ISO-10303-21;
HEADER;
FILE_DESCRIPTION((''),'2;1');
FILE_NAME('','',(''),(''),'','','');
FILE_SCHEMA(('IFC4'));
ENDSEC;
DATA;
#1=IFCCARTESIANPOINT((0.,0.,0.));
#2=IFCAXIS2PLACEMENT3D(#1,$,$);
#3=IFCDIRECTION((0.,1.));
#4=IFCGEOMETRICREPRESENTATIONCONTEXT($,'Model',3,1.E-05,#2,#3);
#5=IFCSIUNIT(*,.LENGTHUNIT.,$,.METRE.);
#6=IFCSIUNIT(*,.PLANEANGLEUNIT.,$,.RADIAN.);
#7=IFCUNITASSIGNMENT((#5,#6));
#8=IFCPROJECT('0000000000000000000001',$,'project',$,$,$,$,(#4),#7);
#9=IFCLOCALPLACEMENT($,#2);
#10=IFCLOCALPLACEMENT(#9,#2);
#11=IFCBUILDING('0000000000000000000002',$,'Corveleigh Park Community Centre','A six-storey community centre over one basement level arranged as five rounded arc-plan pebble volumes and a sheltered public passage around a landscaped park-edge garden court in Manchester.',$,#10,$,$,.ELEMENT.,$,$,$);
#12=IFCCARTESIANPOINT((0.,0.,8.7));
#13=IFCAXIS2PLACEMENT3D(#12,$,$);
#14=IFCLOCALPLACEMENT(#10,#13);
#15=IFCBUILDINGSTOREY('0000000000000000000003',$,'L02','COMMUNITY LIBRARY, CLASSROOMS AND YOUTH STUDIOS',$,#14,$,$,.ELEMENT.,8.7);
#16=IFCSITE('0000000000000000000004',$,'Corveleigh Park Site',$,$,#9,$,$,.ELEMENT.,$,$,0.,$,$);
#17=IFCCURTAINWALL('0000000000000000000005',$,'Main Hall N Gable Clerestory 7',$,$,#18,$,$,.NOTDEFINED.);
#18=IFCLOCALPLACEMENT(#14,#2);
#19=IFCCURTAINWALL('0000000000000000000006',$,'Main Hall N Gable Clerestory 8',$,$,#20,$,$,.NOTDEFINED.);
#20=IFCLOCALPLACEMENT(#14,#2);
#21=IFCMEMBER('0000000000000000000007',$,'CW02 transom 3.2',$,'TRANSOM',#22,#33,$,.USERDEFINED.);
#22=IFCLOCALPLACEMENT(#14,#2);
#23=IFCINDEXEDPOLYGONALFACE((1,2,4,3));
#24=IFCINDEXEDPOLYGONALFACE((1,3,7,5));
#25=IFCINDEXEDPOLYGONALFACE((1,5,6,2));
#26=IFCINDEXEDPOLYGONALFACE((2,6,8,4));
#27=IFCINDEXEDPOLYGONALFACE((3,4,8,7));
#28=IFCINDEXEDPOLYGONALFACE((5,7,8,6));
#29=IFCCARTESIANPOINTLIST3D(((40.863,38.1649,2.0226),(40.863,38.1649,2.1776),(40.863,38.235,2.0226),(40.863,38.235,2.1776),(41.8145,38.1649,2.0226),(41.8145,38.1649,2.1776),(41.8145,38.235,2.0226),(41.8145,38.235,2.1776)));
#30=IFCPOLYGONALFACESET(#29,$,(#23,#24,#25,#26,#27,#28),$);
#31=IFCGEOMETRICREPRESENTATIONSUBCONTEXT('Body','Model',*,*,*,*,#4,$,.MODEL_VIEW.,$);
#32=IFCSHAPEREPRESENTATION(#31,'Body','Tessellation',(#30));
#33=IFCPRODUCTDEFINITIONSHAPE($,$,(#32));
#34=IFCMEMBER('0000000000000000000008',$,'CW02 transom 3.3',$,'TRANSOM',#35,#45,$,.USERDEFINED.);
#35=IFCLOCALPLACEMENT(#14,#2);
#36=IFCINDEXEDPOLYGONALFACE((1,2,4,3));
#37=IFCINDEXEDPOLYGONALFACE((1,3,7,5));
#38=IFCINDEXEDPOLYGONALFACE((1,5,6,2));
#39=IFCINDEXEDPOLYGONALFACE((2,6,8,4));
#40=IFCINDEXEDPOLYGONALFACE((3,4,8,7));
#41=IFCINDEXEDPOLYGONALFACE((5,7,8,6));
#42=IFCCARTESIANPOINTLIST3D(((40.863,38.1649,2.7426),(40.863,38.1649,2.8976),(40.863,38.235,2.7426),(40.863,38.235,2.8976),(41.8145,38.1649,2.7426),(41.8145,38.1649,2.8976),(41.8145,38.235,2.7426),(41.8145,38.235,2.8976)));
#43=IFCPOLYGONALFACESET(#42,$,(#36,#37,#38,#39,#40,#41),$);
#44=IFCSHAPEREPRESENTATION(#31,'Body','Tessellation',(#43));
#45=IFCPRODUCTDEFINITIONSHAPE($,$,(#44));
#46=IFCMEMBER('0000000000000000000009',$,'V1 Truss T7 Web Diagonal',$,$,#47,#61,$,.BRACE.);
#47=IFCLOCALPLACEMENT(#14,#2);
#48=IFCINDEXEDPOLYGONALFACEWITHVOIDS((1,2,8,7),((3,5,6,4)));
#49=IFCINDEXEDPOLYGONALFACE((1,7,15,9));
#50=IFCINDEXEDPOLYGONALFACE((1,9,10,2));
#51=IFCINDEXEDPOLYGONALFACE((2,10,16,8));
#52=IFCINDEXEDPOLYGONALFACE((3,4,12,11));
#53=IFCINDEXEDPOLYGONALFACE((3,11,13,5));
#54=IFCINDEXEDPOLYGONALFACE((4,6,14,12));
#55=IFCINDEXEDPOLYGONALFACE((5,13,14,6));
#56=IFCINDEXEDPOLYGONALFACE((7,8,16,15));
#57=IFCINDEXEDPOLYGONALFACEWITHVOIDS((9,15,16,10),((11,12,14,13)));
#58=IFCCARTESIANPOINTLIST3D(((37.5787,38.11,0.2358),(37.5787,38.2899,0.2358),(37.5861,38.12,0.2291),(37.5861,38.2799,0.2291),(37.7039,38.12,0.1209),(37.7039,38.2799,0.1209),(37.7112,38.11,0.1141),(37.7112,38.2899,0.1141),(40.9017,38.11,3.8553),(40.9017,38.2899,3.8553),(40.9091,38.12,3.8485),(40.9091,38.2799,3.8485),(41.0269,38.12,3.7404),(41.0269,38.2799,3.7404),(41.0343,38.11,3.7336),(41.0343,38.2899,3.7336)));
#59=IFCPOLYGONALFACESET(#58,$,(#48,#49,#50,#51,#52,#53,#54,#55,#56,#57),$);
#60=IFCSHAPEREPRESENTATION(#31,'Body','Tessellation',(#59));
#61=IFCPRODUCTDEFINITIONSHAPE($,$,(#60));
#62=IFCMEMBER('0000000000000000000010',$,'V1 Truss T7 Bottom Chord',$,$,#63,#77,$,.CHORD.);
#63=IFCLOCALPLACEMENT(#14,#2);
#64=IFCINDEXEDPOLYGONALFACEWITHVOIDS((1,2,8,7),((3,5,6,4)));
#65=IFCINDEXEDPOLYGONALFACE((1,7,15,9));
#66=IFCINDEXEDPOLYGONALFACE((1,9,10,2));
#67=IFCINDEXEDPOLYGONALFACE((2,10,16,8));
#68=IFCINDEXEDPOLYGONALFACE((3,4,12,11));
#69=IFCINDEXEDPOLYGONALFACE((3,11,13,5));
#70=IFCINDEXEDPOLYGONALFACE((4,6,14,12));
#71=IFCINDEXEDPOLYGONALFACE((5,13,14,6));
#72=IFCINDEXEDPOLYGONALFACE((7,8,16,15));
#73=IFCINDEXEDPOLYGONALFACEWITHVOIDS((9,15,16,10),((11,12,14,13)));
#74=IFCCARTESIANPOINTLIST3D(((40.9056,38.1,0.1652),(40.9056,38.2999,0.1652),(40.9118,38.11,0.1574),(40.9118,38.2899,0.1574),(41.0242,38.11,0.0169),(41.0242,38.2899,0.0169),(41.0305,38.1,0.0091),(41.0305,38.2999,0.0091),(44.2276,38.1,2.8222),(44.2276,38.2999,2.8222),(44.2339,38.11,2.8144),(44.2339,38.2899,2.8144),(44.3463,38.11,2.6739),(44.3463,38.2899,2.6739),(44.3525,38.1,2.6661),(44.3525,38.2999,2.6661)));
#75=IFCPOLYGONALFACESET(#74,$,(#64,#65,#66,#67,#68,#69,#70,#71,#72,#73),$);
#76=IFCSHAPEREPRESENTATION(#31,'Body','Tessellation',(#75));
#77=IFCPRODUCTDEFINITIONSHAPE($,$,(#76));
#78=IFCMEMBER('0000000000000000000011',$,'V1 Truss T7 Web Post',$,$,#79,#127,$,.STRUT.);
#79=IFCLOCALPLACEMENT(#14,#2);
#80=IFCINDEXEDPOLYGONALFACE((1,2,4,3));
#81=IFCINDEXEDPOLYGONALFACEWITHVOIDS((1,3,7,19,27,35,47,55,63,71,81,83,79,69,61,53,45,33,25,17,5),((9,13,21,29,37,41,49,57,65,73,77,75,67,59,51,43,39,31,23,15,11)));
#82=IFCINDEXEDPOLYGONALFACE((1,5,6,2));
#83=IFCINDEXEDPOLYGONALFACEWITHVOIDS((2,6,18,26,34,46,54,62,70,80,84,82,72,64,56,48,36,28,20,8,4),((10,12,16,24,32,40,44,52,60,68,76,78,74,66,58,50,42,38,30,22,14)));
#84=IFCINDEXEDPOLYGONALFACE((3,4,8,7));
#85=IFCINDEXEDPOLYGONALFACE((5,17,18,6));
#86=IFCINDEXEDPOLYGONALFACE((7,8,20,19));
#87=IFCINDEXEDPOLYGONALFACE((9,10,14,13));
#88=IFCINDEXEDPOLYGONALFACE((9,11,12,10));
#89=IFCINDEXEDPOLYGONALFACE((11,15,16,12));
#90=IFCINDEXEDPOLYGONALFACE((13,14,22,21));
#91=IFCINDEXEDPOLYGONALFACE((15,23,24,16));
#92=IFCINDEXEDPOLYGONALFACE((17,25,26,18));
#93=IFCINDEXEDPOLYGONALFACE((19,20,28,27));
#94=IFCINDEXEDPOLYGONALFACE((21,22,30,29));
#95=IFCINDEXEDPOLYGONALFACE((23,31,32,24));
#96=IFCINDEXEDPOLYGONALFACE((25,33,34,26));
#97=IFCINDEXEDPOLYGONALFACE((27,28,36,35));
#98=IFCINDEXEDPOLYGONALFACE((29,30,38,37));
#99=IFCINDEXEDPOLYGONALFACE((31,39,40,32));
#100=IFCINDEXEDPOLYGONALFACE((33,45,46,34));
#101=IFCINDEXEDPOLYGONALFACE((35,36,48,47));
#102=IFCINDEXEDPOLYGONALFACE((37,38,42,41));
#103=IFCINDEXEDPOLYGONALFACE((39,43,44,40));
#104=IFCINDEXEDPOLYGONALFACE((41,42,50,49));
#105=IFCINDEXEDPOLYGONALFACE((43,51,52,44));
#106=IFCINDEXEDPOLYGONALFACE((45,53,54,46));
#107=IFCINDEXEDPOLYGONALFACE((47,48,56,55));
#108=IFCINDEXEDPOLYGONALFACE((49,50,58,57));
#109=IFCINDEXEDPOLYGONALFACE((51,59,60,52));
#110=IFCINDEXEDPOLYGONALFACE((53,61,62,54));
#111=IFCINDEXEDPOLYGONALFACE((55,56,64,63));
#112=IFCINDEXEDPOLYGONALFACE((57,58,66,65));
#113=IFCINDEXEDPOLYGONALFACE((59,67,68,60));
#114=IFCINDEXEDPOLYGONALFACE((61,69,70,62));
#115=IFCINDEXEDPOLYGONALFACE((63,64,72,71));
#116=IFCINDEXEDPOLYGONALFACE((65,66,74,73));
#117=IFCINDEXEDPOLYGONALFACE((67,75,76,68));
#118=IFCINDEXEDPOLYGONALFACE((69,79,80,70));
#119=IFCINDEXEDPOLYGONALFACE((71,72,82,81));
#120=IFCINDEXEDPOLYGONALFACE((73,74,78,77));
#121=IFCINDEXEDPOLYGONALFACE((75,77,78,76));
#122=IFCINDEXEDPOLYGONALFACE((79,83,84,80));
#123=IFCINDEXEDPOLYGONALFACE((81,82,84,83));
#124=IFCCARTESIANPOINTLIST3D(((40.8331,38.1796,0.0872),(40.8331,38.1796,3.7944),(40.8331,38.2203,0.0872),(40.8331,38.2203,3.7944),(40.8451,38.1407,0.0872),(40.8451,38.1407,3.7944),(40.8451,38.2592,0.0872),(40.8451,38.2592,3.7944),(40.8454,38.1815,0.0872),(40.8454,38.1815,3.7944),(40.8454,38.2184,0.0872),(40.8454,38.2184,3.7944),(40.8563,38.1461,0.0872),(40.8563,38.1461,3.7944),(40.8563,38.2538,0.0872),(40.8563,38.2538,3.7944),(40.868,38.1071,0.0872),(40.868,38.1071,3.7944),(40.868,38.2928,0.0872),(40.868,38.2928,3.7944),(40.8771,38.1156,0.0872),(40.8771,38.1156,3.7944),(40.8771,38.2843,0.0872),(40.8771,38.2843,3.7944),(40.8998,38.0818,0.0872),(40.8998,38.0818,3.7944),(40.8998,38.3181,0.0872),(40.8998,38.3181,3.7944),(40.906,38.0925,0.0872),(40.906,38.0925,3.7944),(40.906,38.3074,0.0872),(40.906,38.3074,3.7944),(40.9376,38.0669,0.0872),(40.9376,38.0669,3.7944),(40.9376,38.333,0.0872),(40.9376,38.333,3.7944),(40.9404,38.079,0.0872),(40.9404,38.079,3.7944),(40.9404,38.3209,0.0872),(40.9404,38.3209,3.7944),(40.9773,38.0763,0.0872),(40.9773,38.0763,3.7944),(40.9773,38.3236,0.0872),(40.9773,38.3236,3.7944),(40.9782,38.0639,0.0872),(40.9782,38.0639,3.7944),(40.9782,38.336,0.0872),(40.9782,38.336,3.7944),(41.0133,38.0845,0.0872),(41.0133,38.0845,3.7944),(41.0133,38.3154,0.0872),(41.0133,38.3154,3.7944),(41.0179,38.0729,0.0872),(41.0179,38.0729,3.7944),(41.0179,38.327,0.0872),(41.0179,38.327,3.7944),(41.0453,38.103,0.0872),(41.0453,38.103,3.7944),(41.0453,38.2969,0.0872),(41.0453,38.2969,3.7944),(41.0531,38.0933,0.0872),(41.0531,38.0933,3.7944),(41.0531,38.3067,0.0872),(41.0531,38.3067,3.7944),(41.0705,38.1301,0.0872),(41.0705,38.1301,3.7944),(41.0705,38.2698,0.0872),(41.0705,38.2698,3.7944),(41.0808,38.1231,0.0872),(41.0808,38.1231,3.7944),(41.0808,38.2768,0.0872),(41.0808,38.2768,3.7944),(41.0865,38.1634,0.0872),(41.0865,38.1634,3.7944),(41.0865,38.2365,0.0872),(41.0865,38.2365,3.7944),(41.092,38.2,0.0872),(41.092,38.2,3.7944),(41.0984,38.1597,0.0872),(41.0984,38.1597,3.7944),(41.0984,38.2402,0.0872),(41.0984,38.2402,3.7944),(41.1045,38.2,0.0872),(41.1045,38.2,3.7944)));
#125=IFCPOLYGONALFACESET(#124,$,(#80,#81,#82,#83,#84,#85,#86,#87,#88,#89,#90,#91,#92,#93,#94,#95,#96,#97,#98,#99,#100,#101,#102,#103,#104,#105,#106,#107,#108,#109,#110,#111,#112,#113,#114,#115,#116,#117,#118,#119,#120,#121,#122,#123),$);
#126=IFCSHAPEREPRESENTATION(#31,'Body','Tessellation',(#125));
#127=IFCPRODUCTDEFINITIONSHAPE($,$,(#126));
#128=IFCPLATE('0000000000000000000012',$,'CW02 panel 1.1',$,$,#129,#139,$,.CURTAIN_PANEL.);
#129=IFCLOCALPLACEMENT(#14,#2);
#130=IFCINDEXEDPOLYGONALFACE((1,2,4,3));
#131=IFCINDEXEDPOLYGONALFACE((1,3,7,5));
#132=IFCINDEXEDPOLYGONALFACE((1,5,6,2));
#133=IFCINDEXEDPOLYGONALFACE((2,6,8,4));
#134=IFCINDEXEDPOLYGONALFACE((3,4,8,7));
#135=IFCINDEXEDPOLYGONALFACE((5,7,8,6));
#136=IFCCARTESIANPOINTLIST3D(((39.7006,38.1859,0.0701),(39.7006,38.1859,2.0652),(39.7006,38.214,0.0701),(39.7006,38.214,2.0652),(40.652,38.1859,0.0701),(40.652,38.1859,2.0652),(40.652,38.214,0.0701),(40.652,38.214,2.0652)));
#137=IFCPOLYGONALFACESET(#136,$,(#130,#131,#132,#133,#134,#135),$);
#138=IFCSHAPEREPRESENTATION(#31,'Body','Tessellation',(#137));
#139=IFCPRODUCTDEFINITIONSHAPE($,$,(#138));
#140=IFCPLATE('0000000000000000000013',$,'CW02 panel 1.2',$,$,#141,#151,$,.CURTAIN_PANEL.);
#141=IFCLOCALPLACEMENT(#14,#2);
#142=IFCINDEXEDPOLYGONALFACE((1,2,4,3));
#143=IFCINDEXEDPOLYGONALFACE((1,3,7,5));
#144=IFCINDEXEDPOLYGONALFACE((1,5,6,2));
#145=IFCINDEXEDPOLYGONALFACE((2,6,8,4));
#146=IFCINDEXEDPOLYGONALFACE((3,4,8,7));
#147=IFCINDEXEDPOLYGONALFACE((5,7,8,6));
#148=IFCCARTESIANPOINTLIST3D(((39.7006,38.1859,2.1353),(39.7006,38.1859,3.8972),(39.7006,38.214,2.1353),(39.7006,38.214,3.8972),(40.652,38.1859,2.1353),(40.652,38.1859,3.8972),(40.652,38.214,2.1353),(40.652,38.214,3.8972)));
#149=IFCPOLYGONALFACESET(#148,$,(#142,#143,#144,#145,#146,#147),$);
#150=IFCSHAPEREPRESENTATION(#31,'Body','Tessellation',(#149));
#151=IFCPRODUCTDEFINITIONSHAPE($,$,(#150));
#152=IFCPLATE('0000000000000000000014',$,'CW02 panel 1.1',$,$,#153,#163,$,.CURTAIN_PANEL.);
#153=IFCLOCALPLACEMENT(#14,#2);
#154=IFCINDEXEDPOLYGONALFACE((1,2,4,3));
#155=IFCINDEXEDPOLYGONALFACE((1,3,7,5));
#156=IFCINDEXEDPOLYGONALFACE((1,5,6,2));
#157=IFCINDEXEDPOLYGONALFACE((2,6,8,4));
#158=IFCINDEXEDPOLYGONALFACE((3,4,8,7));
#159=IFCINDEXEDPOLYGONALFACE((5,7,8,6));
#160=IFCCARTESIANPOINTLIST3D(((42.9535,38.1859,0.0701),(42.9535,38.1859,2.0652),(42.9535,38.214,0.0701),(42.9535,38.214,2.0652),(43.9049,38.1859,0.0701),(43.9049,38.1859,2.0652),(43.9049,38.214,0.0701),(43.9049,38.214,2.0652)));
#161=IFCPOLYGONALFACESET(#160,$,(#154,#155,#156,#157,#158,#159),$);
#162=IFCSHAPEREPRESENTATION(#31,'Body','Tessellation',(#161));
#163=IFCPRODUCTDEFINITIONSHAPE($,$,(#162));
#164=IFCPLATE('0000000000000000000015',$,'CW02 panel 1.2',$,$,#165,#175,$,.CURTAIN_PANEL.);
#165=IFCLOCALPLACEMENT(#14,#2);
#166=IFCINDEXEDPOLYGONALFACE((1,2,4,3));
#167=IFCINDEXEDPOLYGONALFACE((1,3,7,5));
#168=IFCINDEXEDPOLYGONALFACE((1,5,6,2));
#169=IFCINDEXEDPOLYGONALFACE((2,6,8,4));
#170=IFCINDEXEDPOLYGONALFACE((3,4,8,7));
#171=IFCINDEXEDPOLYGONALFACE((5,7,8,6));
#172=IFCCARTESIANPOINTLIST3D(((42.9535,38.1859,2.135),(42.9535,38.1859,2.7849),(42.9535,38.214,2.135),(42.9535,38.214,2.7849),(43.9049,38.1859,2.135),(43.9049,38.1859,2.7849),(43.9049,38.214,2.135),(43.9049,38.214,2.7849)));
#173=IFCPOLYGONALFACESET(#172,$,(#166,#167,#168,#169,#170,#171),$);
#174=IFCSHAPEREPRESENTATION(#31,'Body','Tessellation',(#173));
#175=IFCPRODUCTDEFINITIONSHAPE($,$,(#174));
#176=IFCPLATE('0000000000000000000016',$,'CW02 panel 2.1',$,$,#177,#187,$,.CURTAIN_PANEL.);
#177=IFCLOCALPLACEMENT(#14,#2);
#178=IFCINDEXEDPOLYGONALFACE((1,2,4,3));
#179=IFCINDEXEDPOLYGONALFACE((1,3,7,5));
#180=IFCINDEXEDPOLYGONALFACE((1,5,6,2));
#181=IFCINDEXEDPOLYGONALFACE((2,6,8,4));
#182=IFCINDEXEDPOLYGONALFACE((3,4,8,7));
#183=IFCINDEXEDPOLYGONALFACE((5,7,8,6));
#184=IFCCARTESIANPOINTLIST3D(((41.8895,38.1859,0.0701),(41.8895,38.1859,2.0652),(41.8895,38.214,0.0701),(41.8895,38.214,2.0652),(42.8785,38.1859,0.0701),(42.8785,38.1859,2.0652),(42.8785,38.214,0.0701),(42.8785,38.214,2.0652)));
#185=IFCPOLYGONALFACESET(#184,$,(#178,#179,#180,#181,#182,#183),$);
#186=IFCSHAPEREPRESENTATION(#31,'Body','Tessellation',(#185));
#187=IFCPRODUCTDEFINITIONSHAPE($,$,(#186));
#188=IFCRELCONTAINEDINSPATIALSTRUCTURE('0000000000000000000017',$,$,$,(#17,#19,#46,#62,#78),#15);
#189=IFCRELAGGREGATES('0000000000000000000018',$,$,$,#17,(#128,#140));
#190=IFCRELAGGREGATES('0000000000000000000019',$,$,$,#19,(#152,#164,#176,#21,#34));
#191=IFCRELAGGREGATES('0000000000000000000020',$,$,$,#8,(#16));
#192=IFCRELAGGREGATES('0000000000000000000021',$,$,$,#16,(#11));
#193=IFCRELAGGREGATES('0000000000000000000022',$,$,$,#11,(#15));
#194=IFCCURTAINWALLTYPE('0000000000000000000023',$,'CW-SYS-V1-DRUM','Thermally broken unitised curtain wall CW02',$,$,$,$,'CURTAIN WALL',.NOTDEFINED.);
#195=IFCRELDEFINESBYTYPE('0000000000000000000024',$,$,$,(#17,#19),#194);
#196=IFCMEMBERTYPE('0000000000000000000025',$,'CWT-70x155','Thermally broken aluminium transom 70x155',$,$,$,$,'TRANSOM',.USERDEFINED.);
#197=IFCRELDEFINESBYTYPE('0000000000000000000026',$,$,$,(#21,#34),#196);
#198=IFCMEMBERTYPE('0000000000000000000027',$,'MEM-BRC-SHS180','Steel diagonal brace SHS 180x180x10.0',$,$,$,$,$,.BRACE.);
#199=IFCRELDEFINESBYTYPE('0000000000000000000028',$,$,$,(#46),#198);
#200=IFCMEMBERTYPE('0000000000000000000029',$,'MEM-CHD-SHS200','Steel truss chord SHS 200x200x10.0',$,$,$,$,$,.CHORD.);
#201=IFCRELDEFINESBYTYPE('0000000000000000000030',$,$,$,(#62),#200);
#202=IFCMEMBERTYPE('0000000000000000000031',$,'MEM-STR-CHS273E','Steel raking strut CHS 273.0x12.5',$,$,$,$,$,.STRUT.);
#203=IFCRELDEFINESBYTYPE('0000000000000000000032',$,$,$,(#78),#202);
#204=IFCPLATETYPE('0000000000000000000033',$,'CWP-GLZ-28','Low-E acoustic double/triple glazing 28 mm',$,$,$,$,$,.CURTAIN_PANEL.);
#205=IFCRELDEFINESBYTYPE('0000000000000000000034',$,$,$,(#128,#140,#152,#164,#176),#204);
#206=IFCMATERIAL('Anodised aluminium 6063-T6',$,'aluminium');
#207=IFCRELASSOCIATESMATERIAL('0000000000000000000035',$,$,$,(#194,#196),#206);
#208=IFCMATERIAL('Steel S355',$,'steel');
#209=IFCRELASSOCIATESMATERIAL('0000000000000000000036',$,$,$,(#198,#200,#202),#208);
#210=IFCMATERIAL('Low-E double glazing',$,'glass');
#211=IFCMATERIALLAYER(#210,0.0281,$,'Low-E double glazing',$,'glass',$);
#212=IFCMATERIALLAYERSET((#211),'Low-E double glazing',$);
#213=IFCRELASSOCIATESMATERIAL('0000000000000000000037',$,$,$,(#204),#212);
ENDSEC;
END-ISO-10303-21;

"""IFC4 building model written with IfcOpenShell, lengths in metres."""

from ifc_helpers import new_model, si_unit, direction, frame, origin, origin_2d, place, context, subcontext, project, spatial, rectangle, hollow_rectangle, hollow_circle, extrude, material, layer, layer_set, material_profile, profile_set, type_object, element, aggregate, save


model = new_model("IFC4")

# Units and contexts
model_context = context("Model", 3, precision=1e-05, world=origin(), true_north=direction((0.0, 1.0)))
body_context = subcontext(model_context, "Body", "Model", "MODEL_VIEW")
ifc_project = project(units=[si_unit("LENGTHUNIT", "METRE"), si_unit("PLANEANGLEUNIT", "RADIAN")], contexts=[model_context])

# Site, building, storey
site_placement = place(None, origin())
site = spatial("IfcSite", under=ifc_project, at=site_placement, Name="Corveleigh Park Site", CompositionType="ELEMENT", RefElevation=0.0)
building_placement = place(site_placement, origin())
building = spatial("IfcBuilding", under=site, at=building_placement, Name="Corveleigh Park Community Centre", Description="A six-storey community centre over one basement level arranged as five rounded arc-plan pebble volumes and a sheltered public passage around a landscaped park-edge garden court in Manchester.", CompositionType="ELEMENT")
storey_placement = place(building_placement, frame((0.0, 0.0, 8.7)))
storey = spatial("IfcBuildingStorey", under=building, at=storey_placement, Name="L02", Description="COMMUNITY LIBRARY, CLASSROOMS AND YOUTH STUDIOS", CompositionType="ELEMENT", Elevation=8.7)

# Curtain walls
ifc_material_1 = material(Name="Anodised aluminium 6063-T6", Category="aluminium")
curtain_wall_type = type_object("IfcCurtainWallType", Name="CW-SYS-V1-DRUM", Description="Thermally broken unitised curtain wall CW02", ElementType="CURTAIN WALL", PredefinedType="NOTDEFINED", material=ifc_material_1)
curtain_wall_1_placement = place(storey_placement, origin())
curtain_wall_1 = element("IfcCurtainWall", 1, at=curtain_wall_1_placement, inside=storey, type_object=curtain_wall_type, Name="Main Hall N Gable Clerestory 7", PredefinedType="NOTDEFINED")
curtain_wall_2_placement = place(storey_placement, origin())
curtain_wall_2 = element("IfcCurtainWall", 2, at=curtain_wall_2_placement, inside=storey, type_object=curtain_wall_type, Name="Main Hall N Gable Clerestory 8", PredefinedType="NOTDEFINED")

# Members
ifc_material_profile_1 = material_profile(ifc_material_1, rectangle(XDim=0.0701, YDim=0.155, at=origin_2d()), Name="ALU-T70x155", Category="aluminium")
ifc_profile_set_1 = profile_set([ifc_material_profile_1], Name="Anodised aluminium 6063-T6")
member_type_1 = type_object("IfcMemberType", Name="CWT-70x155", Description="Thermally broken aluminium transom 70x155", ElementType="TRANSOM", PredefinedType="USERDEFINED", material=ifc_profile_set_1)
member_1_placement = place(storey_placement, frame((41.8145, 38.2, 2.1001), z_axis=(-1.0, 0.0, 0.0), x_axis=(0.0, -1.0, 0.0)))
member_1 = element("IfcMember", 3, at=member_1_placement, type_object=member_type_1, Name="CW02 transom 3.2", ObjectType="TRANSOM", PredefinedType="USERDEFINED", context=body_context, shape_type="SweptSolid", body=[
    extrude(rectangle(XDim=0.0701, YDim=0.155, at=origin_2d()), origin(), (0.0, 0.0, 1.0), 0.9514),
])
member_2_placement = place(storey_placement, frame((41.8145, 38.2, 2.8201), z_axis=(-1.0, 0.0, 0.0), x_axis=(0.0, -1.0, 0.0)))
member_2 = element("IfcMember", 4, at=member_2_placement, type_object=member_type_1, Name="CW02 transom 3.3", ObjectType="TRANSOM", PredefinedType="USERDEFINED", context=body_context, shape_type="SweptSolid", body=[
    extrude(rectangle(XDim=0.0701, YDim=0.155, at=origin_2d()), origin(), (0.0, 0.0, 1.0), 0.9514),
])

# Members
ifc_material_2 = material(Name="Steel S355", Category="steel")
ifc_material_profile_2 = material_profile(ifc_material_2, hollow_rectangle(XDim=0.1799, YDim=0.1799, WallThickness=0.01, at=origin_2d()), Name="SHS 180x180x10.0", Category="steel")
ifc_profile_set_2 = profile_set([ifc_material_profile_2], Name="Steel S355")
member_type_2 = type_object("IfcMemberType", Name="MEM-BRC-SHS180", Description="Steel diagonal brace SHS 180x180x10.0", PredefinedType="BRACE", material=ifc_profile_set_2)
member_3_placement = place(storey_placement, frame((40.968, 38.2, 3.7944), z_axis=(-0.676303, 0.0, -0.736624), x_axis=(0.0, -1.0, 0.0)))
element("IfcMember", 5, at=member_3_placement, inside=storey, type_object=member_type_2, Name="V1 Truss T7 Web Diagonal", PredefinedType="BRACE", context=body_context, shape_type="SweptSolid", body=[
    extrude(hollow_rectangle(XDim=0.1799, YDim=0.1799, WallThickness=0.01, at=origin_2d()), origin(), (0.0, 0.0, 1.0), 4.9136),
])
ifc_material_profile_3 = material_profile(ifc_material_2, hollow_rectangle(XDim=0.2, YDim=0.2, WallThickness=0.01, at=origin_2d()), Name="SHS 200x200x10.0", Category="steel")
ifc_profile_set_3 = profile_set([ifc_material_profile_3], Name="Steel S355")
member_type_3 = type_object("IfcMemberType", Name="MEM-CHD-SHS200", Description="Steel truss chord SHS 200x200x10.0", PredefinedType="CHORD", material=ifc_profile_set_3)
member_4_placement = place(storey_placement, frame((40.968, 38.2, 0.0872), z_axis=(0.780942, 0.0, 0.624604), x_axis=(0.0, 1.0, 0.0)))
element("IfcMember", 6, at=member_4_placement, inside=storey, type_object=member_type_3, Name="V1 Truss T7 Bottom Chord", PredefinedType="CHORD", context=body_context, shape_type="SweptSolid", body=[
    extrude(hollow_rectangle(XDim=0.2, YDim=0.2, WallThickness=0.01, at=origin_2d()), origin(), (0.0, 0.0, 1.0), 4.2539),
])
ifc_material_profile_4 = material_profile(ifc_material_2, hollow_circle(Radius=0.1365, WallThickness=0.0125, at=origin_2d()), Name="CHS 273.0x12.5", Category="steel")
ifc_profile_set_4 = profile_set([ifc_material_profile_4], Name="Steel S355")
member_type_4 = type_object("IfcMemberType", Name="MEM-STR-CHS273E", Description="Steel raking strut CHS 273.0x12.5", PredefinedType="STRUT", material=ifc_profile_set_4)
member_5_placement = place(storey_placement, frame((40.968, 38.2, 0.0872), z_axis=(0.0, 0.0, 1.0), x_axis=(1.0, 0.0, 0.0)))
element("IfcMember", 7, at=member_5_placement, inside=storey, type_object=member_type_4, Name="V1 Truss T7 Web Post", PredefinedType="STRUT", context=body_context, shape_type="SweptSolid", body=[
    extrude(hollow_circle(Radius=0.1365, WallThickness=0.0125, at=origin_2d()), origin(), (0.0, 0.0, 1.0), 3.7073),
])

# Plates
ifc_material_3 = material(Name="Low-E double glazing", Category="glass")
ifc_layer_1 = layer(ifc_material_3, 0.0281, Name="Low-E double glazing", Category="glass")
ifc_layer_set_1 = layer_set([ifc_layer_1], Name="Low-E double glazing")
plate_type_1 = type_object("IfcPlateType", Name="CWP-GLZ-28", Description="Low-E acoustic double/triple glazing 28 mm", PredefinedType="CURTAIN_PANEL", material=ifc_layer_set_1)
plate_1_placement = place(storey_placement, frame((40.1763, 38.2, 0.0701), z_axis=(0.0, 0.0, 1.0), x_axis=(-1.0, 0.0, 0.0)))
plate_1 = element("IfcPlate", 8, at=plate_1_placement, type_object=plate_type_1, Name="CW02 panel 1.1", PredefinedType="CURTAIN_PANEL", context=body_context, shape_type="SweptSolid", body=[
    extrude(rectangle(XDim=0.9514, YDim=0.0281, at=origin_2d()), origin(), (0.0, 0.0, 1.0), 1.9951),
])
plate_2_placement = place(storey_placement, frame((40.1763, 38.2, 2.1353), z_axis=(0.0, 0.0, 1.0), x_axis=(-1.0, 0.0, 0.0)))
plate_2 = element("IfcPlate", 9, at=plate_2_placement, type_object=plate_type_1, Name="CW02 panel 1.2", PredefinedType="CURTAIN_PANEL", context=body_context, shape_type="SweptSolid", body=[
    extrude(rectangle(XDim=0.9514, YDim=0.0281, at=origin_2d()), origin(), (0.0, 0.0, 1.0), 1.762),
])
aggregate(curtain_wall_1, [plate_1, plate_2])
plate_3_placement = place(storey_placement, frame((43.4292, 38.2, 0.0701), z_axis=(0.0, 0.0, 1.0), x_axis=(-1.0, 0.0, 0.0)))
plate_3 = element("IfcPlate", 10, at=plate_3_placement, type_object=plate_type_1, Name="CW02 panel 1.1", PredefinedType="CURTAIN_PANEL", context=body_context, shape_type="SweptSolid", body=[
    extrude(rectangle(XDim=0.9514, YDim=0.0281, at=origin_2d()), origin(), (0.0, 0.0, 1.0), 1.9951),
])
plate_4_placement = place(storey_placement, frame((43.4292, 38.2, 2.135), z_axis=(0.0, 0.0, 1.0), x_axis=(-1.0, 0.0, 0.0)))
plate_4 = element("IfcPlate", 11, at=plate_4_placement, type_object=plate_type_1, Name="CW02 panel 1.2", PredefinedType="CURTAIN_PANEL", context=body_context, shape_type="SweptSolid", body=[
    extrude(rectangle(XDim=0.9514, YDim=0.0281, at=origin_2d()), origin(), (0.0, 0.0, 1.0), 0.6499),
])
plate_5_placement = place(storey_placement, frame((42.384, 38.2, 0.0701), z_axis=(0.0, 0.0, 1.0), x_axis=(-1.0, 0.0, 0.0)))
plate_5 = element("IfcPlate", 12, at=plate_5_placement, type_object=plate_type_1, Name="CW02 panel 2.1", PredefinedType="CURTAIN_PANEL", context=body_context, shape_type="SweptSolid", body=[
    extrude(rectangle(XDim=0.989, YDim=0.0281, at=origin_2d()), origin(), (0.0, 0.0, 1.0), 1.9951),
])
aggregate(curtain_wall_2, [plate_3, plate_4, plate_5, member_1, member_2])

save(model, "model.ifc")
